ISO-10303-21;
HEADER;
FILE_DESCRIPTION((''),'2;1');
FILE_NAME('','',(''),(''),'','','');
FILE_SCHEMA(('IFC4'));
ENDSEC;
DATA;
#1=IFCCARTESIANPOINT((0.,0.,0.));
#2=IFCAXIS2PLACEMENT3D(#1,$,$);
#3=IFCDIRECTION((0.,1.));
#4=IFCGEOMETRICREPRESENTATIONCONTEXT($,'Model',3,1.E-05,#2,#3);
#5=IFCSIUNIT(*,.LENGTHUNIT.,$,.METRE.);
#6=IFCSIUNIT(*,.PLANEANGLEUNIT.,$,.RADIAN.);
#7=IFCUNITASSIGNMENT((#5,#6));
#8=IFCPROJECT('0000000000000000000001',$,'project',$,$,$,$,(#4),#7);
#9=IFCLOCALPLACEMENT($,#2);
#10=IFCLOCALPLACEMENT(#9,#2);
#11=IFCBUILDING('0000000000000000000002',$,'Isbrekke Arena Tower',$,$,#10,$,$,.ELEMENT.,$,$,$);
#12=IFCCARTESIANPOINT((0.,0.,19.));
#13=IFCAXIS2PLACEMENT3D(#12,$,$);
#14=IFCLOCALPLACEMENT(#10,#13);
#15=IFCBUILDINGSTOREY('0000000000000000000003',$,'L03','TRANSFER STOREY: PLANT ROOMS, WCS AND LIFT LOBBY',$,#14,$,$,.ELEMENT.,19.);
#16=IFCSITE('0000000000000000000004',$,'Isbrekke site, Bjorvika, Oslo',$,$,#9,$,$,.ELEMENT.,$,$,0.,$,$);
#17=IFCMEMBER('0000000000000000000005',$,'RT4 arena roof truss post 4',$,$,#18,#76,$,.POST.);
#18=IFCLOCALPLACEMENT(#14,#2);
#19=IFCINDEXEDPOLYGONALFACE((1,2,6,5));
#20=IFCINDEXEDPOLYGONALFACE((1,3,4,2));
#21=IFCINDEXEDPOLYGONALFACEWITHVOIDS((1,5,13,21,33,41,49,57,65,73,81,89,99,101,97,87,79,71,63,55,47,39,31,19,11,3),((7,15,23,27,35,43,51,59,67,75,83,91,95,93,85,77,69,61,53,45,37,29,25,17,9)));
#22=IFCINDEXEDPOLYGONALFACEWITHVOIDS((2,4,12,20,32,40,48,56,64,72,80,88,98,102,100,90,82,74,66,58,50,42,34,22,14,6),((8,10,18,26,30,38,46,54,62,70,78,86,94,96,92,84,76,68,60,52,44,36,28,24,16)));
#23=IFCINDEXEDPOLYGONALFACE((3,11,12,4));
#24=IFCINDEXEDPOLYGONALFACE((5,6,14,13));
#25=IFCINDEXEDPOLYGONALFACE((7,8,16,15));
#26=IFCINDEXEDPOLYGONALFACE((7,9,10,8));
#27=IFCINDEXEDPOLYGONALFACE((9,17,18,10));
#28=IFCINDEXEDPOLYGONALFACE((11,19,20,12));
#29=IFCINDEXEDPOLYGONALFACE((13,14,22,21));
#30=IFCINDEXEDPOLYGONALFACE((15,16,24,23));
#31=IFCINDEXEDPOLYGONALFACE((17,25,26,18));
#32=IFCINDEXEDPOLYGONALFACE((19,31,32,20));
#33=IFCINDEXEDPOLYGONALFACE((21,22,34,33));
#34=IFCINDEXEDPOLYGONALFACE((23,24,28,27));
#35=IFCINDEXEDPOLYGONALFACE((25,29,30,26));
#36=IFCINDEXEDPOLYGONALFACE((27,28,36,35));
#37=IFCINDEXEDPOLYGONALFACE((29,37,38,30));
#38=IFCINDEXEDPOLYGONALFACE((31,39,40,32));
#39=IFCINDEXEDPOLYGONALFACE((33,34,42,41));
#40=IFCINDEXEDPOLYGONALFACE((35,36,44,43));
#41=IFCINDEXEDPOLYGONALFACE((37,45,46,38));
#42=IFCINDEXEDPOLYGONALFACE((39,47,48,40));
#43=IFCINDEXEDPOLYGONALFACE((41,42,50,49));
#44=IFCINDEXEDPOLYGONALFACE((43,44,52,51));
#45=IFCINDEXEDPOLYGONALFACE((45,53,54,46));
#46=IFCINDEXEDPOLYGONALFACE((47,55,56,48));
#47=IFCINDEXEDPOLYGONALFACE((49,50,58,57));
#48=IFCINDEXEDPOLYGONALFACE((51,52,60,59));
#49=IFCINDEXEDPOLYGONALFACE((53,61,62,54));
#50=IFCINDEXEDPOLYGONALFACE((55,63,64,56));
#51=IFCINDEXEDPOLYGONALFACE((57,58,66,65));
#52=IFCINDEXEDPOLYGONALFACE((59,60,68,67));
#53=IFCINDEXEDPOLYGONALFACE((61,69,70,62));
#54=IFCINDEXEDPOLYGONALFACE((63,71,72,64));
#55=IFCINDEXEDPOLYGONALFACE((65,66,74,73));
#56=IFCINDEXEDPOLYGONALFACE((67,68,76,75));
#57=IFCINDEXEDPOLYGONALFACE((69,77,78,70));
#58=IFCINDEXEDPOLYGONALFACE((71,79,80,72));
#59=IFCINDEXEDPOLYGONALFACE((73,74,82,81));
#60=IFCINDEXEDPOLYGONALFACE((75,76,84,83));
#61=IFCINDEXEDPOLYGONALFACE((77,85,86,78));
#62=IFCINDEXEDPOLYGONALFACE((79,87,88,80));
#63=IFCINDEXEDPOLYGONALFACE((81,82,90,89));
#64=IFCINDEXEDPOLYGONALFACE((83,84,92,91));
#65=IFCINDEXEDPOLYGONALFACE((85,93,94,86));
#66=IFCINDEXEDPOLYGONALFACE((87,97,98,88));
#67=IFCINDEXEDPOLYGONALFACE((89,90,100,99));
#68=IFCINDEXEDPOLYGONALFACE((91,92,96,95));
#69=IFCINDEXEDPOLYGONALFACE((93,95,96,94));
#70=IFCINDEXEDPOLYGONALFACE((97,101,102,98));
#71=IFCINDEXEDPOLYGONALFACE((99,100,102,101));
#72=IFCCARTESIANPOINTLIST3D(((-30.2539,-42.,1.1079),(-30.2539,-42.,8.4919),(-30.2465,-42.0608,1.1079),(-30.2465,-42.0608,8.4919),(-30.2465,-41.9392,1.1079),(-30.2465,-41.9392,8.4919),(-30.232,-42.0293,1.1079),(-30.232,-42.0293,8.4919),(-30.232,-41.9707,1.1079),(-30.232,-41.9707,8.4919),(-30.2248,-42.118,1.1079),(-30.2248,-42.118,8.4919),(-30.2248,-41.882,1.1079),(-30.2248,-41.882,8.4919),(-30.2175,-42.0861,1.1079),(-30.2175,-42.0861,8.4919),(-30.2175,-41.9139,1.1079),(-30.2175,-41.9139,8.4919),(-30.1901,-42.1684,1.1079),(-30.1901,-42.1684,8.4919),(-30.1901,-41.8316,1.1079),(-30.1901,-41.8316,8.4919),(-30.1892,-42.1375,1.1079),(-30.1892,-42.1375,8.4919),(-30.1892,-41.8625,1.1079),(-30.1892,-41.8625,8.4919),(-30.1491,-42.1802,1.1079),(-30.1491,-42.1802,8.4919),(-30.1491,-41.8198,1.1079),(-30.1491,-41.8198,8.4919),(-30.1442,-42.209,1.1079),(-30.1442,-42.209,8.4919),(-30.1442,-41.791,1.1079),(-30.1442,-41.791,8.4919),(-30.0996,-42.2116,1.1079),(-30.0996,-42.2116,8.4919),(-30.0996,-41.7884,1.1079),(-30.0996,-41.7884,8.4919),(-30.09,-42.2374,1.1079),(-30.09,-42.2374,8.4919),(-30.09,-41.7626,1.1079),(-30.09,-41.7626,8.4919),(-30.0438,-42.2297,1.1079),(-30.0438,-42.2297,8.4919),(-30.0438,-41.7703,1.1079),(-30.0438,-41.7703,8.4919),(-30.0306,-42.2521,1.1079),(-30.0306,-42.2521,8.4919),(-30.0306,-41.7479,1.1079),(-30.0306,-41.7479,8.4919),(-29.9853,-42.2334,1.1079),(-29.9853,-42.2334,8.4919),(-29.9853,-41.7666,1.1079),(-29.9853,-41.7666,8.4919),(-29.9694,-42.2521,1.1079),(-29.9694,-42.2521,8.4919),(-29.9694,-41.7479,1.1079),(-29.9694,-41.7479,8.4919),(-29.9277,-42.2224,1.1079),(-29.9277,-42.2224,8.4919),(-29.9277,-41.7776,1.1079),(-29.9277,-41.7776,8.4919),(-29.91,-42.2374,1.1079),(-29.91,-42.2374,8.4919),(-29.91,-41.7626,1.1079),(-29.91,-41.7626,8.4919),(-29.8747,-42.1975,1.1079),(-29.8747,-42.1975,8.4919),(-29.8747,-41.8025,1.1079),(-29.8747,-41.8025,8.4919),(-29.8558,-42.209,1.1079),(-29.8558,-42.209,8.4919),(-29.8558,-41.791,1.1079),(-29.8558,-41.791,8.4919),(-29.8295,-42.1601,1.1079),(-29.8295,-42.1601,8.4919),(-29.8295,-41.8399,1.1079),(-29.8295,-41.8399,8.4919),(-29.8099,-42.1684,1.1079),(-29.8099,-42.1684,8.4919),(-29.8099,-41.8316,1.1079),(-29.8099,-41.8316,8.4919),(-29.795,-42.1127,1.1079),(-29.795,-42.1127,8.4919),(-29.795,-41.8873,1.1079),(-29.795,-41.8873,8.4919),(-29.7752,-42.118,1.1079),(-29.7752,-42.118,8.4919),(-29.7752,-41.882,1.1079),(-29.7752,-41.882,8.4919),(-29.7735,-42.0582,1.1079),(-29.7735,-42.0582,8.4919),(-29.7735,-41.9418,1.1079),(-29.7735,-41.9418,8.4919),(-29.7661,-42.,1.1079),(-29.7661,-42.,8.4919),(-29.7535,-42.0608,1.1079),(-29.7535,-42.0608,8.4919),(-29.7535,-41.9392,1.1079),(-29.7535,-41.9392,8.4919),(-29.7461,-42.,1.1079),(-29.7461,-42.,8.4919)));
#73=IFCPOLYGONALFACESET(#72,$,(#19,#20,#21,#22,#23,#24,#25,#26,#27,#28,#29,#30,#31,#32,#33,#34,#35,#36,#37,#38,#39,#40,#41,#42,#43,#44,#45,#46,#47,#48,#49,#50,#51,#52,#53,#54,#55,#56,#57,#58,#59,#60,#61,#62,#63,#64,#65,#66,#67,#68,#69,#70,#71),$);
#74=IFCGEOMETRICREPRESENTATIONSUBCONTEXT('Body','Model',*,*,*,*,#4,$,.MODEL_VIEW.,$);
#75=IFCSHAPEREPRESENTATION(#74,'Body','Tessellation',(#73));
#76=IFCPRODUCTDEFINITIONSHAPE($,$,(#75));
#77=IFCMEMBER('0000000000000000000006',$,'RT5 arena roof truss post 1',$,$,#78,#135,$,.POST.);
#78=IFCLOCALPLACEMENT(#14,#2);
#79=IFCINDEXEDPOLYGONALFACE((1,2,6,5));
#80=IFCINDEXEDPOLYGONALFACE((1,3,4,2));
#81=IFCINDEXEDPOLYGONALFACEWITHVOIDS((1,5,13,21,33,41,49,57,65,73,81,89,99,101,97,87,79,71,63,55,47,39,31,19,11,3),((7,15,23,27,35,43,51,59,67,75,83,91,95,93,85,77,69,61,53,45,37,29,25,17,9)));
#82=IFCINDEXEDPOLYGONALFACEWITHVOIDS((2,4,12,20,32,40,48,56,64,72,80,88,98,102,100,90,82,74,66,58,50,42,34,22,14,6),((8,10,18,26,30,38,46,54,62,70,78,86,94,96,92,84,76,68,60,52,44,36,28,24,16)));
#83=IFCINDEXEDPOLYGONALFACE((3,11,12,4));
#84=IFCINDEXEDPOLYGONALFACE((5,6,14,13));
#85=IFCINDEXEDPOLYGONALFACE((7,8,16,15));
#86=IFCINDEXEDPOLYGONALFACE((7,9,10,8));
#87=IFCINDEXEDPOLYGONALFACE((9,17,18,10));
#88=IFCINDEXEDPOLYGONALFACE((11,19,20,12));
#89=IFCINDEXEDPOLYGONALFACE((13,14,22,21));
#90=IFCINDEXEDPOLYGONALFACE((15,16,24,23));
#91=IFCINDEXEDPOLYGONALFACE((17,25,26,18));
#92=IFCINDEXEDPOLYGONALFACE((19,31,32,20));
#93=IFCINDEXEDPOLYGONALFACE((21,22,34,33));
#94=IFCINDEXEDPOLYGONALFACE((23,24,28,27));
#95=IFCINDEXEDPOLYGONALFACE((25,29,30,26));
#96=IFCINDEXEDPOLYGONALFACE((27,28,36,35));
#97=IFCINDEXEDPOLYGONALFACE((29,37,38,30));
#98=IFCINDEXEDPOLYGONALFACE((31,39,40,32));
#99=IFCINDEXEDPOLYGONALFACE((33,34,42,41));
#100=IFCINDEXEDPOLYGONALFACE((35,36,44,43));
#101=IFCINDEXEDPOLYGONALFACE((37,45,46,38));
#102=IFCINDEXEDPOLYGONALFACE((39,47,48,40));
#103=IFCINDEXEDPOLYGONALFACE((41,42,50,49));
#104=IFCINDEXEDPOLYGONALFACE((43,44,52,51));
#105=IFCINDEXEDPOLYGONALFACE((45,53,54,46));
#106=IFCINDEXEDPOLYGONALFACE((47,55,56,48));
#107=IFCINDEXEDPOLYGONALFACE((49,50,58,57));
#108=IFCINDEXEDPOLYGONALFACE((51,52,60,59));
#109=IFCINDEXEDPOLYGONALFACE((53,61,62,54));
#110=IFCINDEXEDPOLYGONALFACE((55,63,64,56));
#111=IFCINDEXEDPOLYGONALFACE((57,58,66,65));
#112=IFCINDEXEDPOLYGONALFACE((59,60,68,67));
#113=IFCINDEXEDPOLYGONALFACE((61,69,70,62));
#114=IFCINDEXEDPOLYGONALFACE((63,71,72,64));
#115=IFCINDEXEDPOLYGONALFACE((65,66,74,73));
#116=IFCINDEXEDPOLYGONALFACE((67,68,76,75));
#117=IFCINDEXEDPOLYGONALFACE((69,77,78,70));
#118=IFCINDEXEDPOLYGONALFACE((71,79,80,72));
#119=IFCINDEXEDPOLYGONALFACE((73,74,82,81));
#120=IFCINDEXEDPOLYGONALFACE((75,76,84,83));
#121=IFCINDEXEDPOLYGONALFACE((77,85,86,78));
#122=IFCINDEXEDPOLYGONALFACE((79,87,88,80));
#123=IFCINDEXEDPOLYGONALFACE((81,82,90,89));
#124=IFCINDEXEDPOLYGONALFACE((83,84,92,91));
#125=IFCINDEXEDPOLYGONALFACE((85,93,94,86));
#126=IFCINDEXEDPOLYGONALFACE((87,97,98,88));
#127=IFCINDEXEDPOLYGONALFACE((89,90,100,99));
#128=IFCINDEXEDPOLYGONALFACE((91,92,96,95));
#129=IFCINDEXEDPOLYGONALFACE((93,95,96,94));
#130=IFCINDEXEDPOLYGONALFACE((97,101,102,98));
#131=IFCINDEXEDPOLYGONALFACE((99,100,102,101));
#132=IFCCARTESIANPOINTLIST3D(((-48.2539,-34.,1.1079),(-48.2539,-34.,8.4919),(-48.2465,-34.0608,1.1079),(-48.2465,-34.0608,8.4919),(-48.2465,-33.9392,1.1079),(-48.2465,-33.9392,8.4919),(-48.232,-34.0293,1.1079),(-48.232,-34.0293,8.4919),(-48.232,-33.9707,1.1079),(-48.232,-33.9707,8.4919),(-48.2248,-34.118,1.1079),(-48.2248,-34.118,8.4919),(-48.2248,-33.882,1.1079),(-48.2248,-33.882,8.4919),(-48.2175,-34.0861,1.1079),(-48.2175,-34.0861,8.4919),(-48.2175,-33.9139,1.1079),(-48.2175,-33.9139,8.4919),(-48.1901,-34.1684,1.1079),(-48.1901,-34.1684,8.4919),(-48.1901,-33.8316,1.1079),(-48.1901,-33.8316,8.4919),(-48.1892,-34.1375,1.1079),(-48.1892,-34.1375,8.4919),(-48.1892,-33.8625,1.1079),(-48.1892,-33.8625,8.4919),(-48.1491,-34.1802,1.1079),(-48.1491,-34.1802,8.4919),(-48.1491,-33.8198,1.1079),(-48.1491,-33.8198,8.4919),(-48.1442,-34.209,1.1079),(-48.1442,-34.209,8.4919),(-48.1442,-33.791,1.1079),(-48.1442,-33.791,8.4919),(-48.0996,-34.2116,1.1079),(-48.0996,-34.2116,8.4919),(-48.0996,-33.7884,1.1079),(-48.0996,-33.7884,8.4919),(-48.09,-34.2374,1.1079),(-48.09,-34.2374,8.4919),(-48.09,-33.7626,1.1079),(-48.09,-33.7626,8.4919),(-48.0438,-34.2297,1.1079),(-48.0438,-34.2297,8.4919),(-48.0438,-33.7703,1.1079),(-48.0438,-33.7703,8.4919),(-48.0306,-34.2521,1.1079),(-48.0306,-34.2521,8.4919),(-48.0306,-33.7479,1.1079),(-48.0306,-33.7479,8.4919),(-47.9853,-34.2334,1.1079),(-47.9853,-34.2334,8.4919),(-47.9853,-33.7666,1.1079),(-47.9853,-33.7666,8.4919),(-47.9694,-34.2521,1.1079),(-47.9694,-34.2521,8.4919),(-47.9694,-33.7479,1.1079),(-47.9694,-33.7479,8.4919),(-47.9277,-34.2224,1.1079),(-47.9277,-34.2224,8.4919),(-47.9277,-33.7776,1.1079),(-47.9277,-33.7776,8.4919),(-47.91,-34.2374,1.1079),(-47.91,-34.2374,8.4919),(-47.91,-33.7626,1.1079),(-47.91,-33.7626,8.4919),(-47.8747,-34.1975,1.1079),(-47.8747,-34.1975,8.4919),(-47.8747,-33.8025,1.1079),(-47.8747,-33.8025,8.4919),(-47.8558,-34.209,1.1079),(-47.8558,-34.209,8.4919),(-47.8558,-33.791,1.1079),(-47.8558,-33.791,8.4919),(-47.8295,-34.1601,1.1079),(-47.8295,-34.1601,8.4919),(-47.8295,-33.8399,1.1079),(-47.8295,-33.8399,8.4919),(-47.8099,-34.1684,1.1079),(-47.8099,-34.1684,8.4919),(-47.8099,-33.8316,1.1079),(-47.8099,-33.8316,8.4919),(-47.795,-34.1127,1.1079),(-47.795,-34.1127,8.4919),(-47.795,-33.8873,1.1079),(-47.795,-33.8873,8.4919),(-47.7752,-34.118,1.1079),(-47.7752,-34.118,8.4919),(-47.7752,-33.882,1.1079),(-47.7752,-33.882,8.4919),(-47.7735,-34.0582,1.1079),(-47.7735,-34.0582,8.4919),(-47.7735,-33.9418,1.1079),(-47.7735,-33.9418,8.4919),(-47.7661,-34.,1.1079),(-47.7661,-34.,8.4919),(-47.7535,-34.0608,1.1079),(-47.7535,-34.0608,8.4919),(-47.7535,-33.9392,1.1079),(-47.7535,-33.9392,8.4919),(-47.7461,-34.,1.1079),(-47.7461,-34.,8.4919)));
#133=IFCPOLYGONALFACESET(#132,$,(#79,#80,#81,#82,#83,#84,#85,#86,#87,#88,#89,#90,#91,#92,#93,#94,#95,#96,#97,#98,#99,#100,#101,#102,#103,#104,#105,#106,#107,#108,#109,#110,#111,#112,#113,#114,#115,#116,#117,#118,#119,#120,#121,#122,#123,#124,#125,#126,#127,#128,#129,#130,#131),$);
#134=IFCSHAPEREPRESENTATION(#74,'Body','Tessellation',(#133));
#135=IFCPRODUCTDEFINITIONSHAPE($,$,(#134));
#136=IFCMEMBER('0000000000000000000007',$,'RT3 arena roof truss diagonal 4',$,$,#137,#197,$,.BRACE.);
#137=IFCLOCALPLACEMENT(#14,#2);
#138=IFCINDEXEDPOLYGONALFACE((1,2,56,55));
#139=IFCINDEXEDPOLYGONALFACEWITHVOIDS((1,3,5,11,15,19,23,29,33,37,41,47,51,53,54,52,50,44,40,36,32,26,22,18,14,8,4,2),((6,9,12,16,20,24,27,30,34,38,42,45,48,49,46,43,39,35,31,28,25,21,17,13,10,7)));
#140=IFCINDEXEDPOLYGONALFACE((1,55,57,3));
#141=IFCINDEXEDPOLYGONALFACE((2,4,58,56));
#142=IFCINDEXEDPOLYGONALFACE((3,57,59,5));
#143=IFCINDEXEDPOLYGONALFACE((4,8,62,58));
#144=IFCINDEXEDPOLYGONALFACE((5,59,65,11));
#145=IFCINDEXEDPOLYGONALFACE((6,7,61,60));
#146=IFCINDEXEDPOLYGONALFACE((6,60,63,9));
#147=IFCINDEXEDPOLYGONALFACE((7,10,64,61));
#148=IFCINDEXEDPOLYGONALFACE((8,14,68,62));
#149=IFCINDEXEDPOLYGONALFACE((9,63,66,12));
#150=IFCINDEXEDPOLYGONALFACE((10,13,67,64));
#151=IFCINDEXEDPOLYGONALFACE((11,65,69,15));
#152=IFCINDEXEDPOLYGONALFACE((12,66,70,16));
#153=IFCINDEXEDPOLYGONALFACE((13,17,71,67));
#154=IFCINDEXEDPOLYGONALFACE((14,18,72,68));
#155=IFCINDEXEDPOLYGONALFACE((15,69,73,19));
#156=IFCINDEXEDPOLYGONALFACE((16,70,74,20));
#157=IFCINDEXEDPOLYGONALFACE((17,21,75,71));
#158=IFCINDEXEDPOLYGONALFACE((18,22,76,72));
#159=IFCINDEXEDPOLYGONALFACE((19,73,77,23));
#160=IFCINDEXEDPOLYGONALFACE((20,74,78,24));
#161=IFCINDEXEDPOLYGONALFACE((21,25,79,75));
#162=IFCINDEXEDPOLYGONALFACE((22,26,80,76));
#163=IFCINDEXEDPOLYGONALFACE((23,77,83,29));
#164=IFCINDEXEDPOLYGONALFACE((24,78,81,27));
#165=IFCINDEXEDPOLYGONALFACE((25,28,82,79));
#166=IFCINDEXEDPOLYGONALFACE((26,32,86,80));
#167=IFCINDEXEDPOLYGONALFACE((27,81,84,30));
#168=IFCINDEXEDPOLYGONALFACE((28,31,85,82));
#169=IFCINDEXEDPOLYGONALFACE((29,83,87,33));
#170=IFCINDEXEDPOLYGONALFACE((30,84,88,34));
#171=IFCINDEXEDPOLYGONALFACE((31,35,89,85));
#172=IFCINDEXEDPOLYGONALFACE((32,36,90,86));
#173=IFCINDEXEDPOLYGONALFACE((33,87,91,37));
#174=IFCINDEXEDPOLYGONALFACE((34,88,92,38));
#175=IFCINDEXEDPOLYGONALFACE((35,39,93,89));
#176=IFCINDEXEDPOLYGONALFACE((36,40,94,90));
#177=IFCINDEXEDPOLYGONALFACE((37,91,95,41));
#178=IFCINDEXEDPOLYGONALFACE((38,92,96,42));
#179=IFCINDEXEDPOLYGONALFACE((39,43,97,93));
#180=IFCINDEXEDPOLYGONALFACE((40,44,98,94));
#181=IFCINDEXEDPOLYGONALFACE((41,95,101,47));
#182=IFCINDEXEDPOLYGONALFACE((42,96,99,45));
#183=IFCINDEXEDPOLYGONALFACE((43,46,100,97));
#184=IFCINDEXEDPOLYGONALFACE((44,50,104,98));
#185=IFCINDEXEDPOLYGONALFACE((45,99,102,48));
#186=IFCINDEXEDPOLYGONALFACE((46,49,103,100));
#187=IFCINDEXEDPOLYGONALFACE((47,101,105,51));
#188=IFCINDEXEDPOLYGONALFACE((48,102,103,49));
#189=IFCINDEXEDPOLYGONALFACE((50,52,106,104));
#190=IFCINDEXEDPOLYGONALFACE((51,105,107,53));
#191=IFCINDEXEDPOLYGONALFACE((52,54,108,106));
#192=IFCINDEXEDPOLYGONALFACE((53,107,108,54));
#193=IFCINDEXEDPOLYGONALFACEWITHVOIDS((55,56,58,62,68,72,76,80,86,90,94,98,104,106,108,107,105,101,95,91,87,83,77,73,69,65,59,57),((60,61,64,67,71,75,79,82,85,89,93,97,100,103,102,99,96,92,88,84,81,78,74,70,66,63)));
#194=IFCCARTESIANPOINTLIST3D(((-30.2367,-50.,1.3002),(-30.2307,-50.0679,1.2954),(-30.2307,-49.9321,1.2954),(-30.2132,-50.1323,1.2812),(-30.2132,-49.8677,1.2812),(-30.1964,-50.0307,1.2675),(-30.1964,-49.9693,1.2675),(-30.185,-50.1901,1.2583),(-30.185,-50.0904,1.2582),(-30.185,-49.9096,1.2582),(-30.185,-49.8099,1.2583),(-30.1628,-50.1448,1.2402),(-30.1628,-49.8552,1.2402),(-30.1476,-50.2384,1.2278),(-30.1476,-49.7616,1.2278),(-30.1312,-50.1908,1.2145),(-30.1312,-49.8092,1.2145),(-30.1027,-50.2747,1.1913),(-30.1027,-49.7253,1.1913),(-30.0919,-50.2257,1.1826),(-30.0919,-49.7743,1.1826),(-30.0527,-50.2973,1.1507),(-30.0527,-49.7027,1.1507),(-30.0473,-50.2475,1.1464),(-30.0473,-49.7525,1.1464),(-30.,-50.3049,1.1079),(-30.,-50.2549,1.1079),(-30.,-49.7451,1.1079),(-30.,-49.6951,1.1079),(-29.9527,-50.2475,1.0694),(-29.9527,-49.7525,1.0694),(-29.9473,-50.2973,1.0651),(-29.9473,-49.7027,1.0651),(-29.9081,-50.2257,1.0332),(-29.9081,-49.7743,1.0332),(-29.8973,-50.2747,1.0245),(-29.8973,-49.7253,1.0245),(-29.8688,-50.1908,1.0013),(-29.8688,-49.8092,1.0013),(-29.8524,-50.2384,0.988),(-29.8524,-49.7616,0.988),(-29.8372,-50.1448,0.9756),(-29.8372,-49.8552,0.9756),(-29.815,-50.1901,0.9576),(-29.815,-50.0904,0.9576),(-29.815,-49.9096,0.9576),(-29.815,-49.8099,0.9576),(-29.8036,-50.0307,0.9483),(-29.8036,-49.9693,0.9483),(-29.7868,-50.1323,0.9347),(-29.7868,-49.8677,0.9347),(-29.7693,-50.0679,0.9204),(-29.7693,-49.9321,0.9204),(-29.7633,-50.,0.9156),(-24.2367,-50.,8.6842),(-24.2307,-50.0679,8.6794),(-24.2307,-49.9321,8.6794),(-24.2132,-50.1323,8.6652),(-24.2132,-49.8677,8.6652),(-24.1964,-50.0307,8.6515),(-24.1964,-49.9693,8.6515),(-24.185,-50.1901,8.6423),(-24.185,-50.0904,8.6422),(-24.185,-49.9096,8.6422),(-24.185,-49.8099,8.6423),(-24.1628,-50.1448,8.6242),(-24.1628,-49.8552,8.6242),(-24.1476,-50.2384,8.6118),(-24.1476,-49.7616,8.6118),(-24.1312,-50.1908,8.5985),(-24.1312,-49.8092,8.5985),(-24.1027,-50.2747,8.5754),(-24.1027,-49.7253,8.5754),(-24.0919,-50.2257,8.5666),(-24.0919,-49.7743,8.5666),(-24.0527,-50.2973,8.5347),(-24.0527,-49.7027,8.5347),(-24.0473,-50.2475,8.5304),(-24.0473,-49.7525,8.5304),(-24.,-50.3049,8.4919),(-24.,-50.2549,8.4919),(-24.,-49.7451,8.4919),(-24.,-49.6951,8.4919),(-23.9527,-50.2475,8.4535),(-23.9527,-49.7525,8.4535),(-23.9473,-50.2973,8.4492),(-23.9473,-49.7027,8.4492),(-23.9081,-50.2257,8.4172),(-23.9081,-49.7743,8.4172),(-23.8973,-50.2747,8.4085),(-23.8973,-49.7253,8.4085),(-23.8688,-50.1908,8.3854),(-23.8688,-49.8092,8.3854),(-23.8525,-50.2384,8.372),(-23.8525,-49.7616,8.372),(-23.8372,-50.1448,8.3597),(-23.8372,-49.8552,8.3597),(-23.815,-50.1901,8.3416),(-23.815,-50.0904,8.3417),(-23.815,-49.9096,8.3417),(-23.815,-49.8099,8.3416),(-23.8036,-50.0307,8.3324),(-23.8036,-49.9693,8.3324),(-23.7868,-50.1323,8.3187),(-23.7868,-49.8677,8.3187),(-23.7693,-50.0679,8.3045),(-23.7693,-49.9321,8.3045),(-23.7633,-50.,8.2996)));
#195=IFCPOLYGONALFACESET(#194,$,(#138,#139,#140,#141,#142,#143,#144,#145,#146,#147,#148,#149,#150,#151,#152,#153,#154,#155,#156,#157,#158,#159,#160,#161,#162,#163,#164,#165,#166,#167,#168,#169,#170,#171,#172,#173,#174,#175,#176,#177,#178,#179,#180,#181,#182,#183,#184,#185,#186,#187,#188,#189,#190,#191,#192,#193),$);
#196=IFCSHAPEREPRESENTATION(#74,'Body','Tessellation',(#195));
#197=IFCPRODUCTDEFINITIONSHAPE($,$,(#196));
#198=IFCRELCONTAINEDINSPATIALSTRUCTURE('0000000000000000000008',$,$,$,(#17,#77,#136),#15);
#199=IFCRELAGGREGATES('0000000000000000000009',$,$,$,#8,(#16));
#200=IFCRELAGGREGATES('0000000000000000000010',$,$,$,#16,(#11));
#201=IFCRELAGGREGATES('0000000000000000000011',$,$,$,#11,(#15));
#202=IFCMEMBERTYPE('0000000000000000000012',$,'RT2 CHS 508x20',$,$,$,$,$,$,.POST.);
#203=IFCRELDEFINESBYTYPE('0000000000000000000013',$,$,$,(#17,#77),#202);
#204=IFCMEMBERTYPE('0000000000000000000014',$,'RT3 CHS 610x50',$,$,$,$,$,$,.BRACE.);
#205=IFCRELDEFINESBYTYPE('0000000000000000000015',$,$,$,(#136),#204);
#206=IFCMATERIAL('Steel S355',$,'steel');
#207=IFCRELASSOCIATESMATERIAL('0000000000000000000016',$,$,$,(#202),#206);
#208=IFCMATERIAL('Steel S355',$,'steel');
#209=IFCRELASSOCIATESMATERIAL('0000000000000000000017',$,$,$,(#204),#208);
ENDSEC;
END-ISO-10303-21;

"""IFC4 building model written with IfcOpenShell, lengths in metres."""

from ifc_helpers import new_model, si_unit, direction, frame, origin, origin_2d, place, context, subcontext, project, spatial, hollow_circle, extrude, material, material_profile, profile_set, type_object, element, save


model = new_model("IFC4")

# Units and contexts
model_context = context("Model", 3, precision=1e-05, world=origin(), true_north=direction((0.0, 1.0)))
body_context = subcontext(model_context, "Body", "Model", "MODEL_VIEW")
ifc_project = project(units=[si_unit("LENGTHUNIT", "METRE"), si_unit("PLANEANGLEUNIT", "RADIAN")], contexts=[model_context])

# Site, building, storey
site_placement = place(None, origin())
site = spatial("IfcSite", under=ifc_project, at=site_placement, Name="Isbrekke site, Bjorvika, Oslo", CompositionType="ELEMENT", RefElevation=0.0)
building_placement = place(site_placement, origin())
building = spatial("IfcBuilding", under=site, at=building_placement, Name="Isbrekke Arena Tower", CompositionType="ELEMENT")
storey_placement = place(building_placement, frame((0.0, 0.0, 19.0)))
storey = spatial("IfcBuildingStorey", under=building, at=storey_placement, Name="L03", Description="TRANSFER STOREY: PLANT ROOMS, WCS AND LIFT LOBBY", CompositionType="ELEMENT", Elevation=19.0)

# Members
ifc_material_1 = material(Name="Steel S355", Category="steel")
ifc_material_profile_1 = material_profile(ifc_material_1, hollow_circle(Radius=0.2539, WallThickness=0.02, at=origin_2d()), Name="CHS 508x20")
ifc_profile_set_1 = profile_set([ifc_material_profile_1], Name="Steel S355")
member_type_1 = type_object("IfcMemberType", Name="RT2 CHS 508x20", PredefinedType="POST", material=ifc_profile_set_1)
for number, where, z_axis, x_axis, name in (
    (1, (-30.0, -42.0, 1.1079), (0.0, 0.0, 1.0), (1.0, 0.0, 0.0), "RT4 arena roof truss post 4"),
    (2, (-48.0, -34.0, 1.1079), (0.0, 0.0, 1.0), (1.0, 0.0, 0.0), "RT5 arena roof truss post 1"),
):
    element("IfcMember", number, at=place(storey_placement, frame(where, z_axis=z_axis, x_axis=x_axis)), inside=storey, type_object=member_type_1, Name=name, PredefinedType="POST", context=body_context, shape_type="SweptSolid", body=[
        extrude(hollow_circle(Radius=0.2539, WallThickness=0.02, at=origin_2d()), origin(), (0.0, 0.0, 1.0), 7.384),
    ])
ifc_material_2 = material(Name="Steel S355", Category="steel")
ifc_material_profile_2 = material_profile(ifc_material_2, hollow_circle(Radius=0.3049, WallThickness=0.05, at=origin_2d()), Name="CHS 610x50")
ifc_profile_set_2 = profile_set([ifc_material_profile_2], Name="Steel S355")
member_type_2 = type_object("IfcMemberType", Name="RT3 CHS 610x50", PredefinedType="BRACE", material=ifc_profile_set_2)
for number, where, z_axis, x_axis, name in (
    (3, (-30.0, -50.0, 1.1079), (0.630623, 0.0, 0.77609), (0.0, 1.0, 0.0), "RT3 arena roof truss diagonal 4"),
):
    element("IfcMember", number, at=place(storey_placement, frame(where, z_axis=z_axis, x_axis=x_axis)), inside=storey, type_object=member_type_2, Name=name, PredefinedType="BRACE", context=body_context, shape_type="SweptSolid", body=[
        extrude(hollow_circle(Radius=0.3049, WallThickness=0.05, at=origin_2d()), origin(), (0.0, 0.0, 1.0), 9.5144),
    ])

save(model, "model.ifc")
